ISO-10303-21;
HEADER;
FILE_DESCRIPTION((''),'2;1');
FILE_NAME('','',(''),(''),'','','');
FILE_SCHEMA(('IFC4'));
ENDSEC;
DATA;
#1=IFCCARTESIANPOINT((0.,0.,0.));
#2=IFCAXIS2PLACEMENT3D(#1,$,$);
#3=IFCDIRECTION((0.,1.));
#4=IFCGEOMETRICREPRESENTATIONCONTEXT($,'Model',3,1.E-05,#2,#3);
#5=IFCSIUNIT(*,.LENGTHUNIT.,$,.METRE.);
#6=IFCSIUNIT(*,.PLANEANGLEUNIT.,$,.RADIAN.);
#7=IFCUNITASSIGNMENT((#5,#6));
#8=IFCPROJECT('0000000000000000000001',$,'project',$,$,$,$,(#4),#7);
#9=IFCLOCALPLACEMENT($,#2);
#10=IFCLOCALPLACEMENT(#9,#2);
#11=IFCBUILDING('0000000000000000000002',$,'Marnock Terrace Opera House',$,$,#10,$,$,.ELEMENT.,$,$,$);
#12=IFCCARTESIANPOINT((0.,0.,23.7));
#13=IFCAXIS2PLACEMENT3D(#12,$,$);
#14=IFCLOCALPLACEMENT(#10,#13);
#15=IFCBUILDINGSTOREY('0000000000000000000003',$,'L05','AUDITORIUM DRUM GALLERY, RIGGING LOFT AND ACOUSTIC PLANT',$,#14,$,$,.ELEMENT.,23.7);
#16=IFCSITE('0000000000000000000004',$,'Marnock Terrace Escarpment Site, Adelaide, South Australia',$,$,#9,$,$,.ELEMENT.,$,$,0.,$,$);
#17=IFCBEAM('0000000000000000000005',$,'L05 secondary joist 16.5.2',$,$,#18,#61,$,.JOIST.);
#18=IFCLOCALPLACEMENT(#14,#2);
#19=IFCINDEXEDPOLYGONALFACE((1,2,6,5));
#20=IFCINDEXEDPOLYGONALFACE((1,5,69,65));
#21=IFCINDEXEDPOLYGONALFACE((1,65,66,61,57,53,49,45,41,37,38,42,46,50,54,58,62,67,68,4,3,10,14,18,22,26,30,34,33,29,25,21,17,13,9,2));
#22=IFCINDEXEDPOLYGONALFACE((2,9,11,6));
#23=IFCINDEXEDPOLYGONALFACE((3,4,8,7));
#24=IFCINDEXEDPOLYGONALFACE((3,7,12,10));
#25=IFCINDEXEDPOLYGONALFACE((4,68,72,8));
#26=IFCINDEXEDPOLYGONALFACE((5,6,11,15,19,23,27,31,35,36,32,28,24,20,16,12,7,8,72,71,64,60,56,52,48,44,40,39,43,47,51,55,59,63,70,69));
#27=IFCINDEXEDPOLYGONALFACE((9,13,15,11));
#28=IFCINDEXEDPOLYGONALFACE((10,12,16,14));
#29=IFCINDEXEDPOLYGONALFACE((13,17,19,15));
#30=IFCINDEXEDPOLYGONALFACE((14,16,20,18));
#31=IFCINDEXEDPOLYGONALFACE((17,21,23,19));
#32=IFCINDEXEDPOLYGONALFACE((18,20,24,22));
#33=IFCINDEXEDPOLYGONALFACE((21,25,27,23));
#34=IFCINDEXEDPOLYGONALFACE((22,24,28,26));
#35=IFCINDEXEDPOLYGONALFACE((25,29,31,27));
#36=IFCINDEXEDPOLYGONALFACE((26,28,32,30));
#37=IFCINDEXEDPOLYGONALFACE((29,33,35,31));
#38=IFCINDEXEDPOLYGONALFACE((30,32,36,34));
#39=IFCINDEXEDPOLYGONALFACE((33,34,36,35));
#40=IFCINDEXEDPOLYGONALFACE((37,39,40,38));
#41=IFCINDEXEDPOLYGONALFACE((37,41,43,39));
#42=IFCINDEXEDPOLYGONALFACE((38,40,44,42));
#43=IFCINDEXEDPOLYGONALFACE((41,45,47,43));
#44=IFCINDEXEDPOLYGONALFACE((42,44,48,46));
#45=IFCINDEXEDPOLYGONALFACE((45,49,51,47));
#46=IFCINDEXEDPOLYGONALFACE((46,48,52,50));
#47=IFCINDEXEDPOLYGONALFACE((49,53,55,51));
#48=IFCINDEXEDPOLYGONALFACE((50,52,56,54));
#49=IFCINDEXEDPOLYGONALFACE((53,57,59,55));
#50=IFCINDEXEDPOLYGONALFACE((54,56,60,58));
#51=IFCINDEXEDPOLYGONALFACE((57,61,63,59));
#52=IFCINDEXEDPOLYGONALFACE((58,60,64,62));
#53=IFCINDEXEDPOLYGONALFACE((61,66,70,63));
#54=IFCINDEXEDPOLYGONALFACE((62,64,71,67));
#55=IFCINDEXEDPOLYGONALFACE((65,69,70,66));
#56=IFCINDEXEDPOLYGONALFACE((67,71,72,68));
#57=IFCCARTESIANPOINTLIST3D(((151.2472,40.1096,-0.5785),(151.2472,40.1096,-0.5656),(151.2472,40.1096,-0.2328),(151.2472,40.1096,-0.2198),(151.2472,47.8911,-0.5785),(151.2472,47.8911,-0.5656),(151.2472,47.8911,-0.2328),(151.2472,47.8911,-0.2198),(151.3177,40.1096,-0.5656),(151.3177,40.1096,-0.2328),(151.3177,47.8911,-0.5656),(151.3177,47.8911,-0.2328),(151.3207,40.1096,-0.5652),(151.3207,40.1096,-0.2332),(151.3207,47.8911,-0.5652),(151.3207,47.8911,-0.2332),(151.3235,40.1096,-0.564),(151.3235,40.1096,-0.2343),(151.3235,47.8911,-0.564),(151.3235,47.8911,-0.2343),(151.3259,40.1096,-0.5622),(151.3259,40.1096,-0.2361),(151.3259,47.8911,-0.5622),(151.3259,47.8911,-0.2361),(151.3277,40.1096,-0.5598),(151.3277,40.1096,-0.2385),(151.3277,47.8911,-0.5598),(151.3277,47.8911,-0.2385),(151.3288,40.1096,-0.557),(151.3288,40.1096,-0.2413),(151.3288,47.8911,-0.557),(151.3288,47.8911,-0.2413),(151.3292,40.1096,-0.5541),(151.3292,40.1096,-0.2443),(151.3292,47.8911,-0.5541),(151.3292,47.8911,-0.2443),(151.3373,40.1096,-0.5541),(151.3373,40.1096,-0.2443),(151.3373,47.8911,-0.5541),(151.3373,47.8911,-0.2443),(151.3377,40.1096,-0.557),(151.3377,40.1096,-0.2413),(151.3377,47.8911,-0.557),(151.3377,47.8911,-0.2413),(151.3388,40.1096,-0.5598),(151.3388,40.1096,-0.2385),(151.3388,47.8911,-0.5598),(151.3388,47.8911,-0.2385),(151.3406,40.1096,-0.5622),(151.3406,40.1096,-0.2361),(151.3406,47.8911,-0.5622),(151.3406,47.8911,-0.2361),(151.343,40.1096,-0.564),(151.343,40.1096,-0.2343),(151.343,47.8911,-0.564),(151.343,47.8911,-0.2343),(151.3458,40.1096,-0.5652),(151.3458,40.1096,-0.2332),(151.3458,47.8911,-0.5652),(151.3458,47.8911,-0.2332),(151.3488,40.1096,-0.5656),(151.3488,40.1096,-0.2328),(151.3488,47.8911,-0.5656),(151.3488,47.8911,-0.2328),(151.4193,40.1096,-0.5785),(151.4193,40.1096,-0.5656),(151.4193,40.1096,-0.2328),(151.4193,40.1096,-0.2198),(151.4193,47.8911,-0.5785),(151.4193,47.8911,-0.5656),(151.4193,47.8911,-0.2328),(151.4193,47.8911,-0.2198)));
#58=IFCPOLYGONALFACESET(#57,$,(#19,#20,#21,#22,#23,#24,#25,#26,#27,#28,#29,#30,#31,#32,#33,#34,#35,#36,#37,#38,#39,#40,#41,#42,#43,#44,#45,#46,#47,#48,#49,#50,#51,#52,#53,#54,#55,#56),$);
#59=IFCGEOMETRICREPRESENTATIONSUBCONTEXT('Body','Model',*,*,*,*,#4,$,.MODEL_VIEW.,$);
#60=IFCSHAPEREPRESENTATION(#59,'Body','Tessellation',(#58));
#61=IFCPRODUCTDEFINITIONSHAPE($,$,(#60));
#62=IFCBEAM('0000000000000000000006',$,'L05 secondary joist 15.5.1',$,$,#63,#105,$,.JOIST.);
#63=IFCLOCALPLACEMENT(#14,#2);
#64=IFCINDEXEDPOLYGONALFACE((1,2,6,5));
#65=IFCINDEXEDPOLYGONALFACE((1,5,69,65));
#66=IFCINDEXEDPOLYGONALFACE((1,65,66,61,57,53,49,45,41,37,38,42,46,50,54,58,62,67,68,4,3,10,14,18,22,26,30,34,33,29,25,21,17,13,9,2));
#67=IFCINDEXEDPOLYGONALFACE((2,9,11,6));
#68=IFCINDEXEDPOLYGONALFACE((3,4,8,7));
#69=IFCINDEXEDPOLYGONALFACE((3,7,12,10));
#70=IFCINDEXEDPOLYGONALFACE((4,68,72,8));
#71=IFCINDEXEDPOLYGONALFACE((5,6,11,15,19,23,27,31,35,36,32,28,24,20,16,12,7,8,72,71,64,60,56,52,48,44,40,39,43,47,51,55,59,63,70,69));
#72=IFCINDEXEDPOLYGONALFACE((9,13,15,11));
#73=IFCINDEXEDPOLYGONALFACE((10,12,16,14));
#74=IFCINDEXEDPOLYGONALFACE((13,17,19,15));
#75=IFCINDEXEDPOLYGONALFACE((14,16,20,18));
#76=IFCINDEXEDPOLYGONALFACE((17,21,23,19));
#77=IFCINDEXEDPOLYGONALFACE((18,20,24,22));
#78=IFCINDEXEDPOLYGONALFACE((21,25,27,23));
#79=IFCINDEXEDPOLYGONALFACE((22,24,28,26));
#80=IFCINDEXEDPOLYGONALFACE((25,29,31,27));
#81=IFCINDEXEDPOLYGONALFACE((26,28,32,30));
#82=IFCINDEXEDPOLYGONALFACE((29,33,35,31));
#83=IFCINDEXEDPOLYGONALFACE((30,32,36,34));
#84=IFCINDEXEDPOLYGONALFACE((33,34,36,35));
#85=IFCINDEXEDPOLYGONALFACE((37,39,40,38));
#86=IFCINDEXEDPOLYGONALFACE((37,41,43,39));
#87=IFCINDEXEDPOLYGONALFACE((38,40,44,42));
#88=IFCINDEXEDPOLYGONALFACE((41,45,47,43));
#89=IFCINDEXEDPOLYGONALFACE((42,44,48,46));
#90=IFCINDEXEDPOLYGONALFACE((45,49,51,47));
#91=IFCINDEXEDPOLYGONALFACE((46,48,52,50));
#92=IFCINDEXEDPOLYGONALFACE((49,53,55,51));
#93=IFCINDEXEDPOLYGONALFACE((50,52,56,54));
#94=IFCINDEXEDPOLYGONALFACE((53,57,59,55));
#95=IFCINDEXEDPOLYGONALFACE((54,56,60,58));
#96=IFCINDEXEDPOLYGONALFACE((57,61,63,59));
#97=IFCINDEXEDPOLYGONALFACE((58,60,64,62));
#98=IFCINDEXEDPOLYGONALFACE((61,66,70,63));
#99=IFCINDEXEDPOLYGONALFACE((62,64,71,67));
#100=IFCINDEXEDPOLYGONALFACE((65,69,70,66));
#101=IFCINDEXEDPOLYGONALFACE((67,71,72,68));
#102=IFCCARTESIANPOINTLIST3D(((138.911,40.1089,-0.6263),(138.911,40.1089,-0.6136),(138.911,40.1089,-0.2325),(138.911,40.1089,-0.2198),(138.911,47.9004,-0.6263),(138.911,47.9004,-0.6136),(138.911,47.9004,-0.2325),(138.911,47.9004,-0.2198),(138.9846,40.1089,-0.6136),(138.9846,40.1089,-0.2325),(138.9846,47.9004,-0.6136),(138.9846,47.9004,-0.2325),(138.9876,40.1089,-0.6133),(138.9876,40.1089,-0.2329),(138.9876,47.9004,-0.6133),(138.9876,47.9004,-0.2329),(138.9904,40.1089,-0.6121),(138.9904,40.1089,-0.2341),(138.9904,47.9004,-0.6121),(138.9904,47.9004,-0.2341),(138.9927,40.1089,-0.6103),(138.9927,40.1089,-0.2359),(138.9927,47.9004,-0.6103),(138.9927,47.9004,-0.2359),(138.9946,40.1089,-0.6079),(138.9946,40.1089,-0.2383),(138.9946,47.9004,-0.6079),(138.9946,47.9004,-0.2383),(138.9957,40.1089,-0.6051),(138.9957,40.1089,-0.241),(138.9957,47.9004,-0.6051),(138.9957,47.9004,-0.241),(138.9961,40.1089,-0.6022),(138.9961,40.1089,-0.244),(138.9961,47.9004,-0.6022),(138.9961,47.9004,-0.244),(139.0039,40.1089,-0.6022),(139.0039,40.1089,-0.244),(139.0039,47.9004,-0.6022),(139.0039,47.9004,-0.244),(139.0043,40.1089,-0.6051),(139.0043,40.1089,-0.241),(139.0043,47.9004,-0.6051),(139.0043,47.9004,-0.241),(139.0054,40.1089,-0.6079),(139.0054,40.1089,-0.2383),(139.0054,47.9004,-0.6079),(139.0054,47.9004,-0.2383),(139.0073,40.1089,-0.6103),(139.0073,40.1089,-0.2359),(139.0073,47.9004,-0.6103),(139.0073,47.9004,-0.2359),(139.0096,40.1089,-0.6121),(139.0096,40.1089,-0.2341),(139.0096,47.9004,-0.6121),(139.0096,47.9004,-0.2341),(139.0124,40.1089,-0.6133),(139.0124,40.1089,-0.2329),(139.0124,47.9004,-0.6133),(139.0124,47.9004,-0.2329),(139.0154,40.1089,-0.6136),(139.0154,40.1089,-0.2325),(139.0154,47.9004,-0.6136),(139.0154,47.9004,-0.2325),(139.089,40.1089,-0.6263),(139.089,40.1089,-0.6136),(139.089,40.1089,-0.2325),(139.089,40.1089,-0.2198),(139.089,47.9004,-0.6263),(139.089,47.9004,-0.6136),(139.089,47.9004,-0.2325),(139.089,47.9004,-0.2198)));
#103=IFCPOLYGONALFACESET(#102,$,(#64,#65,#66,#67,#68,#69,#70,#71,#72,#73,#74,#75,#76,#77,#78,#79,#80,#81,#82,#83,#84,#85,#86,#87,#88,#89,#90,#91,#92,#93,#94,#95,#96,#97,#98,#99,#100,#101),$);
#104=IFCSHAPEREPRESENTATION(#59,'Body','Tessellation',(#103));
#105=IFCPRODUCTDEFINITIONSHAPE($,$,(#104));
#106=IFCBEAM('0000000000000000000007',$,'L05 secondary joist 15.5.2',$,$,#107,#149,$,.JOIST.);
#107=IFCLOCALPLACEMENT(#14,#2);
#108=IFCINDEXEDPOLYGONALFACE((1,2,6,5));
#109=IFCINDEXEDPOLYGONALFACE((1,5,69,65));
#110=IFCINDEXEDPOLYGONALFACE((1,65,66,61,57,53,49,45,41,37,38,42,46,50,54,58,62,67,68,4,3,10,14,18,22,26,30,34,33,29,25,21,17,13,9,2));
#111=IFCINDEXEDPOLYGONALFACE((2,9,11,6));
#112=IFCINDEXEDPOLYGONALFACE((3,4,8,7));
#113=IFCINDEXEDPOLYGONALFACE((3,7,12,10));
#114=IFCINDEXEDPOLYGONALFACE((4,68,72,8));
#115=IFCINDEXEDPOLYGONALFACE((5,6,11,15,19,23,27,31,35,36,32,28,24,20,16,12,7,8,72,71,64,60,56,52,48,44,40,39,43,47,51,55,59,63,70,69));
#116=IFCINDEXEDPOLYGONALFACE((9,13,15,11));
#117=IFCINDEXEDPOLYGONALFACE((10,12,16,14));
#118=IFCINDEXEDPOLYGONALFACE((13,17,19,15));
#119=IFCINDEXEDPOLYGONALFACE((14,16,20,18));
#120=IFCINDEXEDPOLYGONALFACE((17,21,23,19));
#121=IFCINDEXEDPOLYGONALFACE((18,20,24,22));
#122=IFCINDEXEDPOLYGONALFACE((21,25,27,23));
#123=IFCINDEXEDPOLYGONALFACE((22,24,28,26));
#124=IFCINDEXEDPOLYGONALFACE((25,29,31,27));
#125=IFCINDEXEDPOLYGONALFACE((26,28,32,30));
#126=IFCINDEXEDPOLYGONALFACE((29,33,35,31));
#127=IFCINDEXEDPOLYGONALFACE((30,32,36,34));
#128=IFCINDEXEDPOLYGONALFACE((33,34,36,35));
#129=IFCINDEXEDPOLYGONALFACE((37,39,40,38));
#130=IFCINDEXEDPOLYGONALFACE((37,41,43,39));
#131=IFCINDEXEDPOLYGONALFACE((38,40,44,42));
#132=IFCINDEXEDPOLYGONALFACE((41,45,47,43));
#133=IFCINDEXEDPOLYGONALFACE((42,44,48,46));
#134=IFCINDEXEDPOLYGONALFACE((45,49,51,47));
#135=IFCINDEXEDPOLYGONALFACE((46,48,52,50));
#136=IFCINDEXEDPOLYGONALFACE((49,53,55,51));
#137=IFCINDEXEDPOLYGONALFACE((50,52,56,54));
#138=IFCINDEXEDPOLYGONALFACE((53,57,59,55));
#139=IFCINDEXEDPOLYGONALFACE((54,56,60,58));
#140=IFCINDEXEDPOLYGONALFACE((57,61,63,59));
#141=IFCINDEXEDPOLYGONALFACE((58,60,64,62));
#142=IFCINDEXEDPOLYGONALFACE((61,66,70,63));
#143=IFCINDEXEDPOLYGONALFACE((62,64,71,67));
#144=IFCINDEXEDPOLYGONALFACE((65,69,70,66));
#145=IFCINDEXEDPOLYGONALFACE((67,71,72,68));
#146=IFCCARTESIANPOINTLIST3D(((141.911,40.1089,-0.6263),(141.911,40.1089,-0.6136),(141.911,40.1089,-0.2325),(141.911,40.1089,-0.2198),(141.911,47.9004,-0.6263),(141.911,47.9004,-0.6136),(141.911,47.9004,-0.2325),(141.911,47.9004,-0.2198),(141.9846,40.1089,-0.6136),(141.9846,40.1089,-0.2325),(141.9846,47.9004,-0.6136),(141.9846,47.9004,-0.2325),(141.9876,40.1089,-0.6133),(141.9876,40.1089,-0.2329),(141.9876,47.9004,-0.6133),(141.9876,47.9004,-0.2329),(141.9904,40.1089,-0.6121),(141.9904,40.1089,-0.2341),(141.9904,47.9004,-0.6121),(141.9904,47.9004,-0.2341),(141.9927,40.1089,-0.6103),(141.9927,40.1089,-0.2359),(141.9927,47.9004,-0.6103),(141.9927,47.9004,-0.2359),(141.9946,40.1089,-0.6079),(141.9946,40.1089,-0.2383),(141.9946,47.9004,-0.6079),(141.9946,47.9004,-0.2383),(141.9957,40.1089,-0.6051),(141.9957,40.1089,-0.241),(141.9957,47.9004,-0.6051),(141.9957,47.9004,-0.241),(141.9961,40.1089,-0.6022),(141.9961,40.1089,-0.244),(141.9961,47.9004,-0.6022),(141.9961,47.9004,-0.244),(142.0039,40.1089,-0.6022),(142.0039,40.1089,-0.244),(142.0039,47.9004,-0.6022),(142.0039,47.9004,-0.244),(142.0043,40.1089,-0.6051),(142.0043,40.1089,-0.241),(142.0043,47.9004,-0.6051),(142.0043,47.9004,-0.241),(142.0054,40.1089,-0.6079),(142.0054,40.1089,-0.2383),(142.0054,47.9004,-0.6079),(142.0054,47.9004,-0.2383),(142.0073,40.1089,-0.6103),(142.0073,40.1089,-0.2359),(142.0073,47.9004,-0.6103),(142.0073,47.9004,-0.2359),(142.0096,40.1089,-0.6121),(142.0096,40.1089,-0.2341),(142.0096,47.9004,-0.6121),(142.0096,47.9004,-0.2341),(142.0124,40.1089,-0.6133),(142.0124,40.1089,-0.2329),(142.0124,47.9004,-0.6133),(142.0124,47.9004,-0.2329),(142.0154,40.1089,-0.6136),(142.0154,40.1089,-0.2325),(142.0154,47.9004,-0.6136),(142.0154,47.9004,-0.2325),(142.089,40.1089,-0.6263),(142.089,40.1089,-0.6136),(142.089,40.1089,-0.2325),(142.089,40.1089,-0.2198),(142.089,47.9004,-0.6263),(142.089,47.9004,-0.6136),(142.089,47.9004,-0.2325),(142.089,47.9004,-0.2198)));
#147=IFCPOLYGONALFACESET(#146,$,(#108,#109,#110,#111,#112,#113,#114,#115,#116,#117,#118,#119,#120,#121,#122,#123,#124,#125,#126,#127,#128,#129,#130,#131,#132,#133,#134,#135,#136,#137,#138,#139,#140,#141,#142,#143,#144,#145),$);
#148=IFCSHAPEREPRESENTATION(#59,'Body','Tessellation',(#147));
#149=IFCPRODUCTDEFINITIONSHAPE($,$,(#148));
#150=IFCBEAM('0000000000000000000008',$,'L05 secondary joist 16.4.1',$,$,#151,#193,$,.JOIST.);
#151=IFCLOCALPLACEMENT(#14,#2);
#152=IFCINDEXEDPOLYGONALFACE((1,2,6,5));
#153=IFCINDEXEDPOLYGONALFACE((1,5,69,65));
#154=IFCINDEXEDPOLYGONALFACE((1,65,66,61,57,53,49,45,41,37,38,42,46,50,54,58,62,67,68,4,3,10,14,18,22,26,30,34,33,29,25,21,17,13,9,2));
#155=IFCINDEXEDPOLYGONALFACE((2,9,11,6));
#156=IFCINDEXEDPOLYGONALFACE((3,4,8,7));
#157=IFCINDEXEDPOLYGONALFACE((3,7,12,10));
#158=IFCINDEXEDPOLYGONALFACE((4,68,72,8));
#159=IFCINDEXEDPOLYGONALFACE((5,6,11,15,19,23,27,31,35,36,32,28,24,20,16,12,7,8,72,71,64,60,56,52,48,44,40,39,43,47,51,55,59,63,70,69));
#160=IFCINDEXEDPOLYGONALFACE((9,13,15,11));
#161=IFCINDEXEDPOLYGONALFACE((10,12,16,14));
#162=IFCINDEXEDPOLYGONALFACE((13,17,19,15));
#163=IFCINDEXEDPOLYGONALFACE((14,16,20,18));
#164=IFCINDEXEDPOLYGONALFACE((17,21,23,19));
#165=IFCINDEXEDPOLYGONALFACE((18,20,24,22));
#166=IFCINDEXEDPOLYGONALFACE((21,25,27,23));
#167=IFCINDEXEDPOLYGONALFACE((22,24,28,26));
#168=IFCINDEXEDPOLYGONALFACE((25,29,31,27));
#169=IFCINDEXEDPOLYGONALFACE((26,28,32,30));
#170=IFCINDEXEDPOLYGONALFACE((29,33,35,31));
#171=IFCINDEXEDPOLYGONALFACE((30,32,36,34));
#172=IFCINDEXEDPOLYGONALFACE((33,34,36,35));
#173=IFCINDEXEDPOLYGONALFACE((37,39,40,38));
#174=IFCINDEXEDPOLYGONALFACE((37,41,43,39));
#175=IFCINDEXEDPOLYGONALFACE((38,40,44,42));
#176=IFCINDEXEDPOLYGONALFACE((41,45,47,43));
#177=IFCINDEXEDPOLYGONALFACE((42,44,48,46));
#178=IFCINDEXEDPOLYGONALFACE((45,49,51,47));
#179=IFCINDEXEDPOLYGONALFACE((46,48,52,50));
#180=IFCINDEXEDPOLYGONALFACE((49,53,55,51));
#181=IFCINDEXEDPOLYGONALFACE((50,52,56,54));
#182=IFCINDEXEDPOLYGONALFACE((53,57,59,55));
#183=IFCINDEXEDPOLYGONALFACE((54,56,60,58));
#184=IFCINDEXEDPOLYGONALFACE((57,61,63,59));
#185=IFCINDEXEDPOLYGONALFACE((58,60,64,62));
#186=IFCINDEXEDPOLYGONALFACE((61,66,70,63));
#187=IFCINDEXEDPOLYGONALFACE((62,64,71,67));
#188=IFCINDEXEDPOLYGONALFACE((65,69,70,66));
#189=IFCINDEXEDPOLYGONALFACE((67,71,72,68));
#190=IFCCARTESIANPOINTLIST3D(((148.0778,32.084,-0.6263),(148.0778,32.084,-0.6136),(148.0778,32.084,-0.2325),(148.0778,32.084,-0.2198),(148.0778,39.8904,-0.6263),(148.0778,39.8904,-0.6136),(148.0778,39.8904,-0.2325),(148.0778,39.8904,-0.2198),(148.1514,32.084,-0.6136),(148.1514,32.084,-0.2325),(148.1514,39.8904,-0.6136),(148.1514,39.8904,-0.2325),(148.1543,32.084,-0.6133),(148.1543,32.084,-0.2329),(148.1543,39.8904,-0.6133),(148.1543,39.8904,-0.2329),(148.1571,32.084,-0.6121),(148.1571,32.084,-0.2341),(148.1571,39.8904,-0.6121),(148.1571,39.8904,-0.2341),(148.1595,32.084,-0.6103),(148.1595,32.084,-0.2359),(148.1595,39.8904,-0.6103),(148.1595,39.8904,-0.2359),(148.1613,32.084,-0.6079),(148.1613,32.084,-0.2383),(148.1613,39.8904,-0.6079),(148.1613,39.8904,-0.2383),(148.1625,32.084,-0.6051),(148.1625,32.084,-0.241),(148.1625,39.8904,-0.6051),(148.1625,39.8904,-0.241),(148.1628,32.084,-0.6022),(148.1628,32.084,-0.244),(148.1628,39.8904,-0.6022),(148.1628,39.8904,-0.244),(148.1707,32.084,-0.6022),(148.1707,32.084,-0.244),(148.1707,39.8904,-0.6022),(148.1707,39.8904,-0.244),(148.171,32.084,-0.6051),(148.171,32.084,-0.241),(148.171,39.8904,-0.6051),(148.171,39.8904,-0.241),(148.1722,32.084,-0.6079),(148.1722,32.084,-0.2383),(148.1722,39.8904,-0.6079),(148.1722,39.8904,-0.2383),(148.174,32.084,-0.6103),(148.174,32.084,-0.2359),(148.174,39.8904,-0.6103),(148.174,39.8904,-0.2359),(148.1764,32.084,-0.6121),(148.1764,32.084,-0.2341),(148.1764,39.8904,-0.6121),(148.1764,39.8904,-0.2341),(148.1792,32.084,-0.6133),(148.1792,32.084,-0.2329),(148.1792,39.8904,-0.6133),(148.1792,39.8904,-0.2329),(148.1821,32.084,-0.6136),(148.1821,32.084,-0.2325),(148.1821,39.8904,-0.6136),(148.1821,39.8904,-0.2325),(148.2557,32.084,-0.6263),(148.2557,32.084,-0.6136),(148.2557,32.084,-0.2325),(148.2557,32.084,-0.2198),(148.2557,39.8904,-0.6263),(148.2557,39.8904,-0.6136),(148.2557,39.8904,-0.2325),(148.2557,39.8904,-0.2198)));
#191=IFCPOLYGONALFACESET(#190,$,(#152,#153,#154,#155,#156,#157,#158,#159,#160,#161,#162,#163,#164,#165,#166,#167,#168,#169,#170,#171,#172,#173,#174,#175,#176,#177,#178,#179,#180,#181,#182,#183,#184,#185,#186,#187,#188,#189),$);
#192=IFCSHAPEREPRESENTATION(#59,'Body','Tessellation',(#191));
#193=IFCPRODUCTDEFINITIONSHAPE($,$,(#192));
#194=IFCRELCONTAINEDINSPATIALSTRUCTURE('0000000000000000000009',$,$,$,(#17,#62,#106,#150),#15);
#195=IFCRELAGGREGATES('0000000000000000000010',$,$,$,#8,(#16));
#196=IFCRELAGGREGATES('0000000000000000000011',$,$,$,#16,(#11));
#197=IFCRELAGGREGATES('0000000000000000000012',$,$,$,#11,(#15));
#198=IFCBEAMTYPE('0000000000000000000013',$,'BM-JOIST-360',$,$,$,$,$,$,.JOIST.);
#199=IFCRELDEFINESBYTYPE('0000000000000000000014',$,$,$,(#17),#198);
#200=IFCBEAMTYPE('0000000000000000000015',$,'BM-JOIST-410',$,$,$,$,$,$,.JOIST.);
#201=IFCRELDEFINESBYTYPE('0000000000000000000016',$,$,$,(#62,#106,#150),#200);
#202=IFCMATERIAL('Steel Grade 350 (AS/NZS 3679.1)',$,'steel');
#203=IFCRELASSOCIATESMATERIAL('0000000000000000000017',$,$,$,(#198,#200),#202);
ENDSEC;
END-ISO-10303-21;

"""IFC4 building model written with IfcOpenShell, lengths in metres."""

from ifc_helpers import new_model, si_unit, direction, frame, origin, origin_2d, place, context, subcontext, project, spatial, i_section, extrude, material, material_profile, profile_set, type_object, element, save


model = new_model("IFC4")

# Units and contexts
model_context = context("Model", 3, precision=1e-05, world=origin(), true_north=direction((0.0, 1.0)))
body_context = subcontext(model_context, "Body", "Model", "MODEL_VIEW")
ifc_project = project(units=[si_unit("LENGTHUNIT", "METRE"), si_unit("PLANEANGLEUNIT", "RADIAN")], contexts=[model_context])

# Site, building, storey
site_placement = place(None, origin())
site = spatial("IfcSite", under=ifc_project, at=site_placement, Name="Marnock Terrace Escarpment Site, Adelaide, South Australia", CompositionType="ELEMENT", RefElevation=0.0)
building_placement = place(site_placement, origin())
building = spatial("IfcBuilding", under=site, at=building_placement, Name="Marnock Terrace Opera House", CompositionType="ELEMENT")
storey_placement = place(building_placement, frame((0.0, 0.0, 23.7)))
storey = spatial("IfcBuildingStorey", under=building, at=storey_placement, Name="L05", Description="AUDITORIUM DRUM GALLERY, RIGGING LOFT AND ACOUSTIC PLANT", CompositionType="ELEMENT", Elevation=23.7)

# Beams
ifc_material_1 = material(Name="Steel Grade 350 (AS/NZS 3679.1)", Category="steel")
ifc_material_profile_1 = material_profile(ifc_material_1, i_section(OverallWidth=0.1721, OverallDepth=0.3586, WebThickness=0.0081, FlangeThickness=0.0129, FilletRadius=0.0115, at=origin_2d()))
ifc_profile_set_1 = profile_set([ifc_material_profile_1], Name="Steel Grade 350 (AS/NZS 3679.1)")
beam_type_1 = type_object("IfcBeamType", Name="BM-JOIST-360", PredefinedType="JOIST", material=ifc_profile_set_1)
for number, where, z_axis, x_axis, name in (
    (1, (151.3333, 40.1096, -0.3992), (0.0, 1.0, 0.0), (-1.0, 0.0, 0.0), "L05 secondary joist 16.5.2"),
):
    element("IfcBeam", number, at=place(storey_placement, frame(where, z_axis=z_axis, x_axis=x_axis)), inside=storey, type_object=beam_type_1, Name=name, PredefinedType="JOIST", context=body_context, shape_type="SweptSolid", body=[
        extrude(i_section(OverallWidth=0.1721, OverallDepth=0.3586, WebThickness=0.0081, FlangeThickness=0.0129, FilletRadius=0.0115, at=origin_2d()), origin(), (0.0, 0.0, 1.0), 7.7815),
    ])
ifc_material_profile_2 = material_profile(ifc_material_1, i_section(OverallWidth=0.178, OverallDepth=0.4065, WebThickness=0.0078, FlangeThickness=0.0127, FilletRadius=0.0115, at=origin_2d()))
ifc_profile_set_2 = profile_set([ifc_material_profile_2], Name="Steel Grade 350 (AS/NZS 3679.1)")
beam_type_2 = type_object("IfcBeamType", Name="BM-JOIST-410", PredefinedType="JOIST", material=ifc_profile_set_2)
for number, where, z_axis, x_axis, name in (
    (2, (139.0, 40.1089, -0.4231), (0.0, 1.0, 0.0), (-1.0, 0.0, 0.0), "L05 secondary joist 15.5.1"),
    (3, (142.0, 40.1089, -0.4231), (0.0, 1.0, 0.0), (-1.0, 0.0, 0.0), "L05 secondary joist 15.5.2"),
):
    element("IfcBeam", number, at=place(storey_placement, frame(where, z_axis=z_axis, x_axis=x_axis)), inside=storey, type_object=beam_type_2, Name=name, PredefinedType="JOIST", context=body_context, shape_type="SweptSolid", body=[
        extrude(i_section(OverallWidth=0.178, OverallDepth=0.4065, WebThickness=0.0078, FlangeThickness=0.0127, FilletRadius=0.0115, at=origin_2d()), origin(), (0.0, 0.0, 1.0), 7.7915),
    ])
for number, where, z_axis, x_axis, name in (
    (4, (148.1667, 32.084, -0.4231), (0.0, 1.0, 0.0), (-1.0, 0.0, 0.0), "L05 secondary joist 16.4.1"),
):
    element("IfcBeam", number, at=place(storey_placement, frame(where, z_axis=z_axis, x_axis=x_axis)), inside=storey, type_object=beam_type_2, Name=name, PredefinedType="JOIST", context=body_context, shape_type="SweptSolid", body=[
        extrude(i_section(OverallWidth=0.178, OverallDepth=0.4065, WebThickness=0.0078, FlangeThickness=0.0127, FilletRadius=0.0115, at=origin_2d()), origin(), (0.0, 0.0, 1.0), 7.8064),
    ])

save(model, "model.ifc")
